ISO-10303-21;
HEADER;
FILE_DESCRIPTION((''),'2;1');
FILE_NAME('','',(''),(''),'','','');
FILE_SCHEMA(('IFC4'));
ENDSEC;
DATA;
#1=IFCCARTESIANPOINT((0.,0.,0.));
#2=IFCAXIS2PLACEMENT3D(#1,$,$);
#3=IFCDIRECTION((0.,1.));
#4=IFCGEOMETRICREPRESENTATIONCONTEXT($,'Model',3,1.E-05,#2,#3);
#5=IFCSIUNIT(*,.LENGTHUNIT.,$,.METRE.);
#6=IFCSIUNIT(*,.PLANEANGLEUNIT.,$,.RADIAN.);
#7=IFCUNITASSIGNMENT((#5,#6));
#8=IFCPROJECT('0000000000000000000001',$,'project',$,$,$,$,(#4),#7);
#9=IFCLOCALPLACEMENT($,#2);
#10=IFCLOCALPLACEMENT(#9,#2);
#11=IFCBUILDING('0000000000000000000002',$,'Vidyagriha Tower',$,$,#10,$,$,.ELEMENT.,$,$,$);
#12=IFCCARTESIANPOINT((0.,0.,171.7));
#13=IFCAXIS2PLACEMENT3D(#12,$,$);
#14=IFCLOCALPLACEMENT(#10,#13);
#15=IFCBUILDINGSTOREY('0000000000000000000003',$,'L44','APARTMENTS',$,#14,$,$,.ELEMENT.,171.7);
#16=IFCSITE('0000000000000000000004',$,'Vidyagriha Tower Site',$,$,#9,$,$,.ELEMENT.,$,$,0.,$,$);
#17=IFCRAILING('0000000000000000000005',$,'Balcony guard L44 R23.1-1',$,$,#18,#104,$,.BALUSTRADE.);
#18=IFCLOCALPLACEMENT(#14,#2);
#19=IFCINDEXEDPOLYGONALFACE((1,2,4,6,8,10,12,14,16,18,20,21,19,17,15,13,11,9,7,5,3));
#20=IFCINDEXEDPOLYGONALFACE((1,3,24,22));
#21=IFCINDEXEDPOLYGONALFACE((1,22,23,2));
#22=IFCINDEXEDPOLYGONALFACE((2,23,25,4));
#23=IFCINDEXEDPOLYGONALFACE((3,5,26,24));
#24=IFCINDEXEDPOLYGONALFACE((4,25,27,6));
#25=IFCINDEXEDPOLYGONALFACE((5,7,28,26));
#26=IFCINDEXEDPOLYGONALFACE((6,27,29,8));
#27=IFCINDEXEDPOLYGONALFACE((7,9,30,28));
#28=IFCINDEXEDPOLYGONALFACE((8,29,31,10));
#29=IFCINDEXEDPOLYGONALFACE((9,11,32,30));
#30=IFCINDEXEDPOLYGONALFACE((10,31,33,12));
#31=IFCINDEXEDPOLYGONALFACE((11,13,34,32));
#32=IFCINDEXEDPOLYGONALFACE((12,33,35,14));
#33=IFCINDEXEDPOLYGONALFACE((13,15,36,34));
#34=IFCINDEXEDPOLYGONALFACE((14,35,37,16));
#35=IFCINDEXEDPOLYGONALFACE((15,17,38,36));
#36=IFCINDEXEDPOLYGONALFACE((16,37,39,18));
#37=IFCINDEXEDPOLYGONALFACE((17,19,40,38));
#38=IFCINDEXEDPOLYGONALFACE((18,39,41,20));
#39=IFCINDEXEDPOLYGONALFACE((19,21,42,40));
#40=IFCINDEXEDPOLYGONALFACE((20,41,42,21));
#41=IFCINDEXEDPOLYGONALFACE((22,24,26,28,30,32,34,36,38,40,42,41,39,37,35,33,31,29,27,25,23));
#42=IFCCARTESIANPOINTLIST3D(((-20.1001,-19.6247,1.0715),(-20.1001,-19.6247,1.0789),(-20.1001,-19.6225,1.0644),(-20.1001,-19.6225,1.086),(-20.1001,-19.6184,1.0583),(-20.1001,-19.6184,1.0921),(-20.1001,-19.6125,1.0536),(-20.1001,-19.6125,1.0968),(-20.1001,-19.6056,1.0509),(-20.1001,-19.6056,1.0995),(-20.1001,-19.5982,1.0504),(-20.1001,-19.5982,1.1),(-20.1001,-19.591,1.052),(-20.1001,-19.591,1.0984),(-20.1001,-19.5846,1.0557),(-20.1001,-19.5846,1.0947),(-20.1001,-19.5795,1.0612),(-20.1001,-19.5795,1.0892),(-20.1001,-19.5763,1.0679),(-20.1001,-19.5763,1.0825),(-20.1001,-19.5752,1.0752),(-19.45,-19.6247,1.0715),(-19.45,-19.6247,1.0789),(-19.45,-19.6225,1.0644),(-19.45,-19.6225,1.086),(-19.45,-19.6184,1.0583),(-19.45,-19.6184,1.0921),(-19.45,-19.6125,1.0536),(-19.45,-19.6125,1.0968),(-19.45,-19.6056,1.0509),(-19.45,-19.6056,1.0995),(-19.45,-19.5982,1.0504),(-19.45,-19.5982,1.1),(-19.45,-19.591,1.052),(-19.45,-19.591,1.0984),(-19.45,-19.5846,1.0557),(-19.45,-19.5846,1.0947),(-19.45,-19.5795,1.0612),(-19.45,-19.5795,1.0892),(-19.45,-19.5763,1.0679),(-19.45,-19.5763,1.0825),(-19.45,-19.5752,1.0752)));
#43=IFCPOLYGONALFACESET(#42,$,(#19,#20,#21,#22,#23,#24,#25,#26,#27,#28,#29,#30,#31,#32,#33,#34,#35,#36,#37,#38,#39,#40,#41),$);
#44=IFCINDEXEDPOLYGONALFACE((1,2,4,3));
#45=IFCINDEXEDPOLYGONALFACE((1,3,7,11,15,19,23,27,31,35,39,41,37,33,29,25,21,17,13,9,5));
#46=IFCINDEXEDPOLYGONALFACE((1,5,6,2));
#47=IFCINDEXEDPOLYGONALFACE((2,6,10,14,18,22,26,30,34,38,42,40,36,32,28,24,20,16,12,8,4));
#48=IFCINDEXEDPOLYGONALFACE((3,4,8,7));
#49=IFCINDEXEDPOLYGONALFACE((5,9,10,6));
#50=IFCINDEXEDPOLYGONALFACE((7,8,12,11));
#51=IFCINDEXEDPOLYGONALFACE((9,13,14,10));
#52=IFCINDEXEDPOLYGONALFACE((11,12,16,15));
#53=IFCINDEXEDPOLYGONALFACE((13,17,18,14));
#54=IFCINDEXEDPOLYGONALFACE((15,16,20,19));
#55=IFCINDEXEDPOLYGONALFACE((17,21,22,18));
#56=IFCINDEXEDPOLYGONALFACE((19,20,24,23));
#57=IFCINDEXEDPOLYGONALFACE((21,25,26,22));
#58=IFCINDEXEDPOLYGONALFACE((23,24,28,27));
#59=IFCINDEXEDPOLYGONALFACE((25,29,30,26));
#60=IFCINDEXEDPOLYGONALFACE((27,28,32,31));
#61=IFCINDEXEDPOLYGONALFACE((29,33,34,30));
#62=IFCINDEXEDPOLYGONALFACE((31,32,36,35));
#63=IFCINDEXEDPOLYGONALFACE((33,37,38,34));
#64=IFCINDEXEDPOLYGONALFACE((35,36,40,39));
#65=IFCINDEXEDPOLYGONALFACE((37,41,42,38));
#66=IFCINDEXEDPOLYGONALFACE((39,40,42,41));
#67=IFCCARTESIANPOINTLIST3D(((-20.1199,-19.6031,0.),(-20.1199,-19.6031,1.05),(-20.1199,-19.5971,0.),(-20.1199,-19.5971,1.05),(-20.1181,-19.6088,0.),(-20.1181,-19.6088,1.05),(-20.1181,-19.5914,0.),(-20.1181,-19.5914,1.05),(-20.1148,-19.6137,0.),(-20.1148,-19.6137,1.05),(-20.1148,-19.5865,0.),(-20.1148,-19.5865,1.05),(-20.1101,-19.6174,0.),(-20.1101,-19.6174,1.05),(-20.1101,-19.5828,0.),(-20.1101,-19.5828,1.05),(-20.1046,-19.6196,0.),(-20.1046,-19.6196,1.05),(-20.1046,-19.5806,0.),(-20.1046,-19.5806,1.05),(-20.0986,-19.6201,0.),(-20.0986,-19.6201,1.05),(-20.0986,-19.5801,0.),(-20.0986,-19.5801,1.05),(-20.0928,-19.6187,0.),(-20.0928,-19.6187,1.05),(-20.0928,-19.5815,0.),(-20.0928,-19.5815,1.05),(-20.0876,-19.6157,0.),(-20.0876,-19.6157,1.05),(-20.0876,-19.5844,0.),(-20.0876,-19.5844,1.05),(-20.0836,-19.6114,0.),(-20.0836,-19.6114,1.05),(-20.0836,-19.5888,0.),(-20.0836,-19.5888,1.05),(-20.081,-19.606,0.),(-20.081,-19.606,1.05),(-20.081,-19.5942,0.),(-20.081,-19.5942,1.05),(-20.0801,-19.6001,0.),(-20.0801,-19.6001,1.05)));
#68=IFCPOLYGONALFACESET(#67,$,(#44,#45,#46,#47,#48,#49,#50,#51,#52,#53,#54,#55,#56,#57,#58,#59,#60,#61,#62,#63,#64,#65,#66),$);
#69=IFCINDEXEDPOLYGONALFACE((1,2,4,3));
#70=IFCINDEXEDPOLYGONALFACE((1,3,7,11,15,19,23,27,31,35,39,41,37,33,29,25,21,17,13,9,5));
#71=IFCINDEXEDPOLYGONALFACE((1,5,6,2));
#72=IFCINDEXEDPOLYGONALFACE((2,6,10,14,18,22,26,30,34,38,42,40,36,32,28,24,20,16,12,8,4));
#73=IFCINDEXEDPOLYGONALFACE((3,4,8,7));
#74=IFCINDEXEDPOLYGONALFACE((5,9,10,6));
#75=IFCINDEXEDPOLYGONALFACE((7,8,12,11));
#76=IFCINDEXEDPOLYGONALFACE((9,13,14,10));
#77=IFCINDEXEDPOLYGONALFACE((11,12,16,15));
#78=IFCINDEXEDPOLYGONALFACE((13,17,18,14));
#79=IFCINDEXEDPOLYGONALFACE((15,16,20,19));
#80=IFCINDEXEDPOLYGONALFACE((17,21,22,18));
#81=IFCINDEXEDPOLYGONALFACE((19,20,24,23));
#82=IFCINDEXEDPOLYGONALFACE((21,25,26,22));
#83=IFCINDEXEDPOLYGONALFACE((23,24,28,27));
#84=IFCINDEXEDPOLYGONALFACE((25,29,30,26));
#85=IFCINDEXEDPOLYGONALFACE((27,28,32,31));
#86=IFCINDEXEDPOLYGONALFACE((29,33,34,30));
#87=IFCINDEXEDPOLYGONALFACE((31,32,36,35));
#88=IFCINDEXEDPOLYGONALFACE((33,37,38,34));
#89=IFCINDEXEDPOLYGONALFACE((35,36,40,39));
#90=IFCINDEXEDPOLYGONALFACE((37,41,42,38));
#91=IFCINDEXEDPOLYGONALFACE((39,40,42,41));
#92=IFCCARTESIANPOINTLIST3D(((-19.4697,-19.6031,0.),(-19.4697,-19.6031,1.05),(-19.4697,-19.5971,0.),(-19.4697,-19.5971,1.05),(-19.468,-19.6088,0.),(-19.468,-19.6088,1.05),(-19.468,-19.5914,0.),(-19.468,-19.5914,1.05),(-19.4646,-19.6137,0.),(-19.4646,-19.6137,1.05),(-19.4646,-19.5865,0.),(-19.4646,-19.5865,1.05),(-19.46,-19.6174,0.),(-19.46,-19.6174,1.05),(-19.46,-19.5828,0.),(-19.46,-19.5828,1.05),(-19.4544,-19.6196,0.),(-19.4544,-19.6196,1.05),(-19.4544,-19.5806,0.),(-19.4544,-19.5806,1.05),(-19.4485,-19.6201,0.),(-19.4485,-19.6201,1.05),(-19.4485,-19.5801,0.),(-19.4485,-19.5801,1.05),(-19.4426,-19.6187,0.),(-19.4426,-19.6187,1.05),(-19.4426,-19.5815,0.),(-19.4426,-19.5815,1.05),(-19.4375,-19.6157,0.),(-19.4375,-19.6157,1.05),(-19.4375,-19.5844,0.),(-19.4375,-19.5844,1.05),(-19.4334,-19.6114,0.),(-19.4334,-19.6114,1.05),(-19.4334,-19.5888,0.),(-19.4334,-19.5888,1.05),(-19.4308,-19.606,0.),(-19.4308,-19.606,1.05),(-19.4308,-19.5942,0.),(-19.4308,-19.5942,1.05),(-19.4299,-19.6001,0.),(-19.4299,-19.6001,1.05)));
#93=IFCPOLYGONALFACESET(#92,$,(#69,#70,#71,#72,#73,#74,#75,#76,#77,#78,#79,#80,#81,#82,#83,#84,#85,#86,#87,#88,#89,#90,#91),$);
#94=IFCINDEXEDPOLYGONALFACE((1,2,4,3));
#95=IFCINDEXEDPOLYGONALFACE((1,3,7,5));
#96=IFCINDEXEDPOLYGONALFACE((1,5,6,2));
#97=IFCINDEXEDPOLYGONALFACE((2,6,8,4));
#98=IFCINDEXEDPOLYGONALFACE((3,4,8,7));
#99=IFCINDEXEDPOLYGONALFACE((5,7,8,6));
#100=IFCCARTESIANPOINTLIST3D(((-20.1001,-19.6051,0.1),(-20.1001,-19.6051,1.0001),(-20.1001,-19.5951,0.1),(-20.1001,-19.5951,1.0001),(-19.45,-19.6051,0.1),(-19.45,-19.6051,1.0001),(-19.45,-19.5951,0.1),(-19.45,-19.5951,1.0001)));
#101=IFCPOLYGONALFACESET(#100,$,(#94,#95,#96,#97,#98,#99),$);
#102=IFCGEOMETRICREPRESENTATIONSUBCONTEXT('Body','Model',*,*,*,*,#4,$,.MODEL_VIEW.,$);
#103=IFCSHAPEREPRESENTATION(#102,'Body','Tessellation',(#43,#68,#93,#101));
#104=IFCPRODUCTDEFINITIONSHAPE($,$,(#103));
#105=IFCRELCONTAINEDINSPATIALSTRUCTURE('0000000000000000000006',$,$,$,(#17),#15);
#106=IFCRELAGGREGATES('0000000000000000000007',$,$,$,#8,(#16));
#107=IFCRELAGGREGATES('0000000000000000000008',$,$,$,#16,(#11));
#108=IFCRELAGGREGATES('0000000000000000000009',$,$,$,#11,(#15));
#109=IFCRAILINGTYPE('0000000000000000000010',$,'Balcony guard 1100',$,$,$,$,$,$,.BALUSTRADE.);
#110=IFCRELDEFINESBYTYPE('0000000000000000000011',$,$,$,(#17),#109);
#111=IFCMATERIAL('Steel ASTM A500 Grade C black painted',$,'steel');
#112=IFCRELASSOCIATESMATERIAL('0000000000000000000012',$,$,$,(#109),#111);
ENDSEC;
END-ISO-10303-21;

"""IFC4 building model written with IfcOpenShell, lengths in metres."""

from ifc_helpers import new_model, si_unit, direction, frame, origin, origin_2d, place, context, subcontext, project, spatial, rectangle, circle, extrude, material, type_object, element, save


model = new_model("IFC4")

# Units and contexts
model_context = context("Model", 3, precision=1e-05, world=origin(), true_north=direction((0.0, 1.0)))
body_context = subcontext(model_context, "Body", "Model", "MODEL_VIEW")
ifc_project = project(units=[si_unit("LENGTHUNIT", "METRE"), si_unit("PLANEANGLEUNIT", "RADIAN")], contexts=[model_context])

# Site, building, storey
site_placement = place(None, origin())
site = spatial("IfcSite", under=ifc_project, at=site_placement, Name="Vidyagriha Tower Site", CompositionType="ELEMENT", RefElevation=0.0)
building_placement = place(site_placement, origin())
building = spatial("IfcBuilding", under=site, at=building_placement, Name="Vidyagriha Tower", CompositionType="ELEMENT")
storey_placement = place(building_placement, frame((0.0, 0.0, 171.7)))
storey = spatial("IfcBuildingStorey", under=building, at=storey_placement, Name="L44", Description="APARTMENTS", CompositionType="ELEMENT", Elevation=171.7)

# Railing
ifc_material_1 = material(Name="Steel ASTM A500 Grade C black painted", Category="steel")
railing_type_1 = type_object("IfcRailingType", Name="Balcony guard 1100", PredefinedType="BALUSTRADE", material=ifc_material_1)
railing_1_placement = place(storey_placement, frame((-20.1001, -19.6001, 0.0)))
element("IfcRailing", 1, at=railing_1_placement, inside=storey, type_object=railing_type_1, Name="Balcony guard L44 R23.1-1", PredefinedType="BALUSTRADE", context=body_context, shape_type="SweptSolid", body=[
    extrude(circle(Radius=0.0249, at=origin_2d()), frame((0.0, 0.0, 1.0752), z_axis=(1.0, 0.0, 0.0), x_axis=(0.0, 1.0, 0.0)), (0.0, 0.0, 1.0), 0.6501),
    extrude(circle(Radius=0.02, at=origin_2d()), origin(), (0.0, 0.0, 1.0), 1.05),
    extrude(circle(Radius=0.02, at=origin_2d()), frame((0.6501, 0.0, 0.0)), (0.0, 0.0, 1.0), 1.05),
    extrude(rectangle(XDim=0.01, YDim=0.9001, at=origin_2d()), frame((0.0, 0.0, 0.55), z_axis=(1.0, 0.0, 0.0), x_axis=(0.0, 1.0, 0.0)), (0.0, 0.0, 1.0), 0.6501),
])

save(model, "model.ifc")
